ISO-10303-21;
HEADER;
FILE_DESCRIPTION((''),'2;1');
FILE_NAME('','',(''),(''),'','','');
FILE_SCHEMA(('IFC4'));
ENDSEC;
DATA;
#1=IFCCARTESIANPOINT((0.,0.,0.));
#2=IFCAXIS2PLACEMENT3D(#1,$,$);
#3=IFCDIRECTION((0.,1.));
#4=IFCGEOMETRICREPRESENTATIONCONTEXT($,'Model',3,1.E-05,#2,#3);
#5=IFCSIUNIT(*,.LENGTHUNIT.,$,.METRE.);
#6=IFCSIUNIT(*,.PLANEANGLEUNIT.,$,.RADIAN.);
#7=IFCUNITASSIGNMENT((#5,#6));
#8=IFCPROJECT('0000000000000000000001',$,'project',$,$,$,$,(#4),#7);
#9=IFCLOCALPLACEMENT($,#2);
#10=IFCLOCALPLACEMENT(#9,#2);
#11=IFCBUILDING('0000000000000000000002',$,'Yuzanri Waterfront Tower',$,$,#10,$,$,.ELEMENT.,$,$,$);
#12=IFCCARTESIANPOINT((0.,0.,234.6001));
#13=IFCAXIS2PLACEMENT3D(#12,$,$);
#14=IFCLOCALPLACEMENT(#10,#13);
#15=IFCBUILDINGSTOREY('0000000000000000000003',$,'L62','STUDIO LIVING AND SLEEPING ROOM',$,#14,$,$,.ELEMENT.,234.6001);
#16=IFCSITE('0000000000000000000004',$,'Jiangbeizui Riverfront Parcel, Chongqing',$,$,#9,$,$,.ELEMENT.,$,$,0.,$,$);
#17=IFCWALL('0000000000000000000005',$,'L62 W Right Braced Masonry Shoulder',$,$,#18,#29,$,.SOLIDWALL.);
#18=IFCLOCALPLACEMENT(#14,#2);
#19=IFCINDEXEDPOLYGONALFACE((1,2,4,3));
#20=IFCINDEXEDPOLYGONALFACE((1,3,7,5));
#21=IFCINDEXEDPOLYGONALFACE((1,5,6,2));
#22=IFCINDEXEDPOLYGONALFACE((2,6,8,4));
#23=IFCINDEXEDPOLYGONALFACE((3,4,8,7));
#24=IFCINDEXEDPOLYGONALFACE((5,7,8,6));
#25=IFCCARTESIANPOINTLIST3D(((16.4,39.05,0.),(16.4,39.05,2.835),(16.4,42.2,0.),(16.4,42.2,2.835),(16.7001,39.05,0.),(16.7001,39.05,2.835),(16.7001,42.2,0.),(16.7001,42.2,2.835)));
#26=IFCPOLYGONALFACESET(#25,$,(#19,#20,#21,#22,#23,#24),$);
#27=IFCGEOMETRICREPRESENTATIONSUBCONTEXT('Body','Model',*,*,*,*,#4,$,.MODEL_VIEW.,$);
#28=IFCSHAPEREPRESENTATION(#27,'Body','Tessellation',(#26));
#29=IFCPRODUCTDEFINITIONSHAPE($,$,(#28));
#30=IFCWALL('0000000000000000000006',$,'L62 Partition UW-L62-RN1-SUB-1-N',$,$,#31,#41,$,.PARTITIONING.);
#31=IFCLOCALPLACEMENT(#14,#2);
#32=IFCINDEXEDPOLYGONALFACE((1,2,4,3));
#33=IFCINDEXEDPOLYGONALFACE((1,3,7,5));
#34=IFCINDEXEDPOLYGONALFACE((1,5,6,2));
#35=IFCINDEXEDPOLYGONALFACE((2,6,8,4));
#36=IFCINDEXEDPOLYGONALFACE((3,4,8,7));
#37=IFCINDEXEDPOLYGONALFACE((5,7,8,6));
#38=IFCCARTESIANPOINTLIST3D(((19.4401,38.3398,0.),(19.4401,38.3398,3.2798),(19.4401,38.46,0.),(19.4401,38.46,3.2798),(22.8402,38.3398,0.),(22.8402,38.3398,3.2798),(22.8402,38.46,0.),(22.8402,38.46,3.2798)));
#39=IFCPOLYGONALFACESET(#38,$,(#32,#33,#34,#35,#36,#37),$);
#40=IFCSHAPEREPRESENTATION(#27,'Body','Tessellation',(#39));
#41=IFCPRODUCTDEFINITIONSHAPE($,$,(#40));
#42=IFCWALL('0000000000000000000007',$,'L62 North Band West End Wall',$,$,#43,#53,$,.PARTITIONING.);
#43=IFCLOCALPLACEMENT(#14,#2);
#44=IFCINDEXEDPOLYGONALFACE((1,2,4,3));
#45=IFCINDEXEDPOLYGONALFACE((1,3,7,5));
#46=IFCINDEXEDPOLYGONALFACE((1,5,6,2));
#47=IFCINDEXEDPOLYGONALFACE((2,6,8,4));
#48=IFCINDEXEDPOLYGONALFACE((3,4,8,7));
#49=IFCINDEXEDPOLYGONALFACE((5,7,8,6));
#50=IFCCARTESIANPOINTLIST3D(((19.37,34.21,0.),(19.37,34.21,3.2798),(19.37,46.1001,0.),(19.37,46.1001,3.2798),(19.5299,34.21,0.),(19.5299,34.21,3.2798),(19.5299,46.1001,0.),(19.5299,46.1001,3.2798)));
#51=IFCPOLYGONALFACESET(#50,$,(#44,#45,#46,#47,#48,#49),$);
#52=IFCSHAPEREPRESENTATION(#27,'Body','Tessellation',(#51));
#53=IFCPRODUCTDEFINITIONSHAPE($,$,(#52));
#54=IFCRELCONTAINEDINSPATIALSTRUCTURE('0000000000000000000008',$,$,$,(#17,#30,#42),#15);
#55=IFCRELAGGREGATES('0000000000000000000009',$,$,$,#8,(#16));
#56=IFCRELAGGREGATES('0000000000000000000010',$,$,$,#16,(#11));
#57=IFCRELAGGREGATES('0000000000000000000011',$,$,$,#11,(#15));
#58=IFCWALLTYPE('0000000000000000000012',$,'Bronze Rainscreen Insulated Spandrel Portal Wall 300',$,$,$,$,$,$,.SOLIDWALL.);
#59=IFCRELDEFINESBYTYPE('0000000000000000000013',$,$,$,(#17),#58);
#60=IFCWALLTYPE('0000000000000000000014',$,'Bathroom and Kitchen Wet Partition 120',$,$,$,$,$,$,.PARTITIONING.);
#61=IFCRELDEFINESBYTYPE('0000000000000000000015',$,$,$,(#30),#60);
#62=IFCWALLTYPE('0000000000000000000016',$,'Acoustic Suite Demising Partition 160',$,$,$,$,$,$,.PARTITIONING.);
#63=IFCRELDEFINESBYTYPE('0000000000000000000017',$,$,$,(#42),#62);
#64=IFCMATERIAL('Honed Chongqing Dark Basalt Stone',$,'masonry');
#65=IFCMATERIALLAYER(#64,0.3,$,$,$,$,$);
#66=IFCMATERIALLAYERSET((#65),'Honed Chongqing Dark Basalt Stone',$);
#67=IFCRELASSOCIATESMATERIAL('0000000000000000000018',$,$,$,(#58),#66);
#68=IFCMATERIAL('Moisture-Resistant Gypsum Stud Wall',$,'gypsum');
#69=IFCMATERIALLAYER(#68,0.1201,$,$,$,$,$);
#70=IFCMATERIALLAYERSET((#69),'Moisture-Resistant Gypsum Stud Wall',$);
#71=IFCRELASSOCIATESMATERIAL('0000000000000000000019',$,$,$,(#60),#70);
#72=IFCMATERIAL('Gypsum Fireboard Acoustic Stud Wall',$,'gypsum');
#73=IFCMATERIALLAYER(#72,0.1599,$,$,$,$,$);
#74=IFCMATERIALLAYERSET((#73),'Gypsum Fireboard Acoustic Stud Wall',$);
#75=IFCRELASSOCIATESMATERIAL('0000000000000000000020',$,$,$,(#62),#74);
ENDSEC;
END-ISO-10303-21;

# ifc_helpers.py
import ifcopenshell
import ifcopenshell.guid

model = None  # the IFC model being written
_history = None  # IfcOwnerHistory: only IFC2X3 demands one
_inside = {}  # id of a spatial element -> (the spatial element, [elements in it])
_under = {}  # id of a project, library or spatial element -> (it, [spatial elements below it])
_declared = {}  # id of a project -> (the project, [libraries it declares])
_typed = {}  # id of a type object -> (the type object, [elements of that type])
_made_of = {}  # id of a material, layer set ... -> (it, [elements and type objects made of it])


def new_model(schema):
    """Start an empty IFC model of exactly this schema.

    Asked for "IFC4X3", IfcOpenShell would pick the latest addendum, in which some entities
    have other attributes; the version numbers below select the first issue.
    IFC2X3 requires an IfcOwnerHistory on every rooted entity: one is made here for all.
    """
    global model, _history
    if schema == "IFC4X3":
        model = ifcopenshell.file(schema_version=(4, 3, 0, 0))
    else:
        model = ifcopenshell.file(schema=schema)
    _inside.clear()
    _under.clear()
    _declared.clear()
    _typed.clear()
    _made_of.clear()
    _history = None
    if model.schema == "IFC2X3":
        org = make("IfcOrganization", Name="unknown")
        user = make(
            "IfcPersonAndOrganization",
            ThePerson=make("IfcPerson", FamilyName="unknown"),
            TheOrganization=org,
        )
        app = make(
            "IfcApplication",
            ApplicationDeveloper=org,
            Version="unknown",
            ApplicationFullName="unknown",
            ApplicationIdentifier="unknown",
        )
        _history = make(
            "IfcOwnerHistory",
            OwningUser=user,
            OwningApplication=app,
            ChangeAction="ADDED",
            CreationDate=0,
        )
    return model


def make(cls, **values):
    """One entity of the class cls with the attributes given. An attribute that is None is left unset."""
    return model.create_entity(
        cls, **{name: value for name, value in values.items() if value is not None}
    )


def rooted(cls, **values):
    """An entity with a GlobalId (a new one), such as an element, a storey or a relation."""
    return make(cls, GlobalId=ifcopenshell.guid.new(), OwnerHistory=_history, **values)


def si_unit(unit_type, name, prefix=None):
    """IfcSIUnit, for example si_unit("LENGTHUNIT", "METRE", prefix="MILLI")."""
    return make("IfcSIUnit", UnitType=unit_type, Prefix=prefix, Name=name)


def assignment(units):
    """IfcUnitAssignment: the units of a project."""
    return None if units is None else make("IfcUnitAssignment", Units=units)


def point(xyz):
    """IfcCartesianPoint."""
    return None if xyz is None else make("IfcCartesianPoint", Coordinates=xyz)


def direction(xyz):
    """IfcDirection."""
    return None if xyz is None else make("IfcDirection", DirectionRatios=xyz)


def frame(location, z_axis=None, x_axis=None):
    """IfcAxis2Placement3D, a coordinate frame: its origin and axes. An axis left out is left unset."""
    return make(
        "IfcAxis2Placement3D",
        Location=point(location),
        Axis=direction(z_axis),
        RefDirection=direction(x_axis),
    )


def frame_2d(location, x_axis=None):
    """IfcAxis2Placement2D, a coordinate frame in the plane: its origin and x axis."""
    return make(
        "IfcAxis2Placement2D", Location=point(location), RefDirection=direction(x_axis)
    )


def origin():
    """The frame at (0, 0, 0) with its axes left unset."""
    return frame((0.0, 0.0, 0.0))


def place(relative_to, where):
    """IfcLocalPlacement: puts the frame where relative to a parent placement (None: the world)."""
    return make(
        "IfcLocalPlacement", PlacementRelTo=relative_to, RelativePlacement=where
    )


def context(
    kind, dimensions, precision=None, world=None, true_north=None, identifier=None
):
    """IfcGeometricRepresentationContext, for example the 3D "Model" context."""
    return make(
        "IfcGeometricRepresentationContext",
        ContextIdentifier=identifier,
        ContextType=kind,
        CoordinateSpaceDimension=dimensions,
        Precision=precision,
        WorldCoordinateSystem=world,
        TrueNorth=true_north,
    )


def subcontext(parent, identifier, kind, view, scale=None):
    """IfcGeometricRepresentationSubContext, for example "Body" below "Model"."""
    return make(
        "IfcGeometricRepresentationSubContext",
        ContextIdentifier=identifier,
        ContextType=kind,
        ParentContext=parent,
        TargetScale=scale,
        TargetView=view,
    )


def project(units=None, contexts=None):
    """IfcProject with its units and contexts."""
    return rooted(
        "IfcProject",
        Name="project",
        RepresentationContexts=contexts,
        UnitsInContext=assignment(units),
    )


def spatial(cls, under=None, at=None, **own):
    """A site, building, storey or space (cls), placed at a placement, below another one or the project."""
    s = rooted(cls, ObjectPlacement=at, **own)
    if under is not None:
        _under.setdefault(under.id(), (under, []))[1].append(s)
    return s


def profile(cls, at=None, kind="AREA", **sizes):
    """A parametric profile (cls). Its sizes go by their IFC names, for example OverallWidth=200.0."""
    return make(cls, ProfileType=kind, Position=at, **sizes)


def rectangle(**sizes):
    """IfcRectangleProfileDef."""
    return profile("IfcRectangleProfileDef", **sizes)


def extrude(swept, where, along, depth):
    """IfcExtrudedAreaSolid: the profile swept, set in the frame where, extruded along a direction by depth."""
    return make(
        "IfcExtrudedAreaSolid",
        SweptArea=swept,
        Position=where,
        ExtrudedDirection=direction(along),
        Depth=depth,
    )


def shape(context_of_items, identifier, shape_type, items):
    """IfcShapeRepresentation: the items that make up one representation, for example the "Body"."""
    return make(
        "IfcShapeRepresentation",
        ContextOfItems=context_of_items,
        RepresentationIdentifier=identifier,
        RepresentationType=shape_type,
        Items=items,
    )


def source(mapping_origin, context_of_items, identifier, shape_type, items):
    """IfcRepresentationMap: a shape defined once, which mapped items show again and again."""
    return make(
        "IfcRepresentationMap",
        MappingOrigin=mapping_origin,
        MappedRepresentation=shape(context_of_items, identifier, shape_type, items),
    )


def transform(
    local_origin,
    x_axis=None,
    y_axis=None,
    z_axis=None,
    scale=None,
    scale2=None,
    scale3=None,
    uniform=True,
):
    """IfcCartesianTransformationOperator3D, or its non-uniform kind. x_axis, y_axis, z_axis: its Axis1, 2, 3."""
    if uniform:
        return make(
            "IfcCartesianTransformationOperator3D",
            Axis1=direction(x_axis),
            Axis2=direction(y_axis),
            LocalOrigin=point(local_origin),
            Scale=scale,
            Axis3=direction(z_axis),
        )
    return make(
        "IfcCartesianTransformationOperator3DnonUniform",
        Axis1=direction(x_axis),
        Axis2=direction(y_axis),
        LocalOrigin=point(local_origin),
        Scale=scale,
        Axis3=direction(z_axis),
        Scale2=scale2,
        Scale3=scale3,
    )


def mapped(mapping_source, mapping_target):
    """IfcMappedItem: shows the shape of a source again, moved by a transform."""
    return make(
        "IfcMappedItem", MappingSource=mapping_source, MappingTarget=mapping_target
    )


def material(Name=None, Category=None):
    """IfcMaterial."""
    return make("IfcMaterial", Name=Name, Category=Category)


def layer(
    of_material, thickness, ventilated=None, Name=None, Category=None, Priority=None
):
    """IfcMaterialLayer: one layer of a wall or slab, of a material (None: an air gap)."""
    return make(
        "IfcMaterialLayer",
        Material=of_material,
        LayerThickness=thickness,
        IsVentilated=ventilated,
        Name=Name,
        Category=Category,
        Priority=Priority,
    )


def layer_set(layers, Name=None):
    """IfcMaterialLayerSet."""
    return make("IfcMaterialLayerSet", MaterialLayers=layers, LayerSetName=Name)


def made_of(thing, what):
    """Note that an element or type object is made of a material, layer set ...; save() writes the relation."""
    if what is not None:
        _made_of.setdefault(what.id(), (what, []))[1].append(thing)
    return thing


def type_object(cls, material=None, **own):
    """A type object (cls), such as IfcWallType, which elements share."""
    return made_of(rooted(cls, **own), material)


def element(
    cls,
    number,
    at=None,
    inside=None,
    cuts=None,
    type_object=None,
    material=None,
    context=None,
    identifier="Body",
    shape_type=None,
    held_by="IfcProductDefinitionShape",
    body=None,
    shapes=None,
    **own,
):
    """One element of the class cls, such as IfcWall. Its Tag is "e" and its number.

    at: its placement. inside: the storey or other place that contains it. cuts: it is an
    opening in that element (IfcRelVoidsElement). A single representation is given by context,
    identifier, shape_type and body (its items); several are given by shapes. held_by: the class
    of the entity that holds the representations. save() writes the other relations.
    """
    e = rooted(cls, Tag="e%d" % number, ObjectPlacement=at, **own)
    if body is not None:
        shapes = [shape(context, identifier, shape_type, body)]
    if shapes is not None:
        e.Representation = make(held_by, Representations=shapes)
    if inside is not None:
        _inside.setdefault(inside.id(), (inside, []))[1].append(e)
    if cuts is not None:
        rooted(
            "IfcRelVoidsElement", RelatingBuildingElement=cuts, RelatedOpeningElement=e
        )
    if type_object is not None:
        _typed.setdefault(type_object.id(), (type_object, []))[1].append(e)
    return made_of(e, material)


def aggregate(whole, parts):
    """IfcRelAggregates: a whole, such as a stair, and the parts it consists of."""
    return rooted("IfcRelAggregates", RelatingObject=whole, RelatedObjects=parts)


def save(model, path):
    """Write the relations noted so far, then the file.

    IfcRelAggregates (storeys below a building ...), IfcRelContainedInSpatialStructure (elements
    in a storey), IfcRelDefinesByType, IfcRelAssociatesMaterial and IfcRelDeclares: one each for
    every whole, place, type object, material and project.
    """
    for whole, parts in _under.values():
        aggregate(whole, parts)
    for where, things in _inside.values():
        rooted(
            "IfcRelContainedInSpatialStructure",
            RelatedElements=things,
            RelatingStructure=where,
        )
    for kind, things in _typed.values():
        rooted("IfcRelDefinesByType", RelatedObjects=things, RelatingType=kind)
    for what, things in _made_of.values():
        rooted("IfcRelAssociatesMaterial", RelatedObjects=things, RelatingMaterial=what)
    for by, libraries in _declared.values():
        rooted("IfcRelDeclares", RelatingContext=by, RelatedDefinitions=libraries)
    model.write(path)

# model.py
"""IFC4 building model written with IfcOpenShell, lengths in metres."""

from ifc_helpers import new_model, si_unit, direction, frame, frame_2d, origin, place, context, subcontext, project, spatial, rectangle, extrude, source, transform, mapped, material, layer, layer_set, type_object, element, save


model = new_model("IFC4")

# Units and contexts
model_context = context("Model", 3, precision=1e-05, world=origin(), true_north=direction((0.0, 1.0)))
body_context = subcontext(model_context, "Body", "Model", "MODEL_VIEW")
ifc_project = project(units=[si_unit("LENGTHUNIT", "METRE"), si_unit("PLANEANGLEUNIT", "RADIAN")], contexts=[model_context])

# Site, building, storey
site_placement = place(None, origin())
site = spatial("IfcSite", under=ifc_project, at=site_placement, Name="Jiangbeizui Riverfront Parcel, Chongqing", CompositionType="ELEMENT", RefElevation=0.0)
building_placement = place(site_placement, origin())
building = spatial("IfcBuilding", under=site, at=building_placement, Name="Yuzanri Waterfront Tower", CompositionType="ELEMENT")
storey_placement = place(building_placement, frame((0.0, 0.0, 234.6001)))
storey = spatial("IfcBuildingStorey", under=building, at=storey_placement, Name="L62", Description="STUDIO LIVING AND SLEEPING ROOM", CompositionType="ELEMENT", Elevation=234.6001)

# Shared definitions
ifc_material_1 = material(Name="Honed Chongqing Dark Basalt Stone", Category="masonry")
ifc_layer_1 = layer(ifc_material_1, 0.3)
ifc_layer_set_1 = layer_set([ifc_layer_1], Name="Honed Chongqing Dark Basalt Stone")
wall_type_1 = type_object("IfcWallType", Name="Bronze Rainscreen Insulated Spandrel Portal Wall 300", PredefinedType="SOLIDWALL", material=ifc_layer_set_1)

# Walls
shared_shape_1 = source(origin(), body_context, "Body", "SweptSolid", [
    extrude(rectangle(XDim=3.1499, YDim=0.3, at=frame_2d((1.575, 0.0))), origin(), (0.0, 0.0, 1.0), 2.835),
])
wall_1_placement = place(storey_placement, frame((16.55, 39.05, 0.0), z_axis=(0.0, 0.0, 1.0), x_axis=(0.0, 1.0, 0.0)))
element("IfcWall", 1, at=wall_1_placement, inside=storey, type_object=wall_type_1, Name="L62 W Right Braced Masonry Shoulder", PredefinedType="SOLIDWALL", context=body_context, shape_type="MappedRepresentation", body=[
    mapped(shared_shape_1, transform((0.0, 0.0, 0.0), scale=1.0)),
])
ifc_material_2 = material(Name="Moisture-Resistant Gypsum Stud Wall", Category="gypsum")
ifc_layer_2 = layer(ifc_material_2, 0.1201)
ifc_layer_set_2 = layer_set([ifc_layer_2], Name="Moisture-Resistant Gypsum Stud Wall")
wall_type_2 = type_object("IfcWallType", Name="Bathroom and Kitchen Wet Partition 120", PredefinedType="PARTITIONING", material=ifc_layer_set_2)
shared_shape_2 = source(origin(), body_context, "Body", "SweptSolid", [
    extrude(rectangle(XDim=3.4001, YDim=0.1201, at=frame_2d((1.7002, 0.0))), origin(), (0.0, 0.0, 1.0), 3.2798),
])
wall_2_placement = place(storey_placement, frame((19.4399, 38.3999, 0.0), z_axis=(0.0, 0.0, 1.0), x_axis=(1.0, 0.0, 0.0)))
element("IfcWall", 2, at=wall_2_placement, inside=storey, type_object=wall_type_2, Name="L62 Partition UW-L62-RN1-SUB-1-N", PredefinedType="PARTITIONING", context=body_context, shape_type="MappedRepresentation", body=[
    mapped(shared_shape_2, transform((0.0, 0.0, 0.0), scale=1.0)),
])
ifc_material_3 = material(Name="Gypsum Fireboard Acoustic Stud Wall", Category="gypsum")
ifc_layer_3 = layer(ifc_material_3, 0.1599)
ifc_layer_set_3 = layer_set([ifc_layer_3], Name="Gypsum Fireboard Acoustic Stud Wall")
wall_type_3 = type_object("IfcWallType", Name="Acoustic Suite Demising Partition 160", PredefinedType="PARTITIONING", material=ifc_layer_set_3)
shared_shape_3 = source(origin(), body_context, "Body", "SweptSolid", [
    extrude(rectangle(XDim=11.8901, YDim=0.1599, at=frame_2d((5.9451, 0.0))), origin(), (0.0, 0.0, 1.0), 3.2798),
])
wall_3_placement = place(storey_placement, frame((19.45, 34.21, 0.0), z_axis=(0.0, 0.0, 1.0), x_axis=(0.0, 1.0, 0.0)))
element("IfcWall", 3, at=wall_3_placement, inside=storey, type_object=wall_type_3, Name="L62 North Band West End Wall", PredefinedType="PARTITIONING", context=body_context, shape_type="MappedRepresentation", body=[
    mapped(shared_shape_3, transform((0.0, 0.0, 0.0), scale=1.0)),
])

save(model, "model.ifc")
